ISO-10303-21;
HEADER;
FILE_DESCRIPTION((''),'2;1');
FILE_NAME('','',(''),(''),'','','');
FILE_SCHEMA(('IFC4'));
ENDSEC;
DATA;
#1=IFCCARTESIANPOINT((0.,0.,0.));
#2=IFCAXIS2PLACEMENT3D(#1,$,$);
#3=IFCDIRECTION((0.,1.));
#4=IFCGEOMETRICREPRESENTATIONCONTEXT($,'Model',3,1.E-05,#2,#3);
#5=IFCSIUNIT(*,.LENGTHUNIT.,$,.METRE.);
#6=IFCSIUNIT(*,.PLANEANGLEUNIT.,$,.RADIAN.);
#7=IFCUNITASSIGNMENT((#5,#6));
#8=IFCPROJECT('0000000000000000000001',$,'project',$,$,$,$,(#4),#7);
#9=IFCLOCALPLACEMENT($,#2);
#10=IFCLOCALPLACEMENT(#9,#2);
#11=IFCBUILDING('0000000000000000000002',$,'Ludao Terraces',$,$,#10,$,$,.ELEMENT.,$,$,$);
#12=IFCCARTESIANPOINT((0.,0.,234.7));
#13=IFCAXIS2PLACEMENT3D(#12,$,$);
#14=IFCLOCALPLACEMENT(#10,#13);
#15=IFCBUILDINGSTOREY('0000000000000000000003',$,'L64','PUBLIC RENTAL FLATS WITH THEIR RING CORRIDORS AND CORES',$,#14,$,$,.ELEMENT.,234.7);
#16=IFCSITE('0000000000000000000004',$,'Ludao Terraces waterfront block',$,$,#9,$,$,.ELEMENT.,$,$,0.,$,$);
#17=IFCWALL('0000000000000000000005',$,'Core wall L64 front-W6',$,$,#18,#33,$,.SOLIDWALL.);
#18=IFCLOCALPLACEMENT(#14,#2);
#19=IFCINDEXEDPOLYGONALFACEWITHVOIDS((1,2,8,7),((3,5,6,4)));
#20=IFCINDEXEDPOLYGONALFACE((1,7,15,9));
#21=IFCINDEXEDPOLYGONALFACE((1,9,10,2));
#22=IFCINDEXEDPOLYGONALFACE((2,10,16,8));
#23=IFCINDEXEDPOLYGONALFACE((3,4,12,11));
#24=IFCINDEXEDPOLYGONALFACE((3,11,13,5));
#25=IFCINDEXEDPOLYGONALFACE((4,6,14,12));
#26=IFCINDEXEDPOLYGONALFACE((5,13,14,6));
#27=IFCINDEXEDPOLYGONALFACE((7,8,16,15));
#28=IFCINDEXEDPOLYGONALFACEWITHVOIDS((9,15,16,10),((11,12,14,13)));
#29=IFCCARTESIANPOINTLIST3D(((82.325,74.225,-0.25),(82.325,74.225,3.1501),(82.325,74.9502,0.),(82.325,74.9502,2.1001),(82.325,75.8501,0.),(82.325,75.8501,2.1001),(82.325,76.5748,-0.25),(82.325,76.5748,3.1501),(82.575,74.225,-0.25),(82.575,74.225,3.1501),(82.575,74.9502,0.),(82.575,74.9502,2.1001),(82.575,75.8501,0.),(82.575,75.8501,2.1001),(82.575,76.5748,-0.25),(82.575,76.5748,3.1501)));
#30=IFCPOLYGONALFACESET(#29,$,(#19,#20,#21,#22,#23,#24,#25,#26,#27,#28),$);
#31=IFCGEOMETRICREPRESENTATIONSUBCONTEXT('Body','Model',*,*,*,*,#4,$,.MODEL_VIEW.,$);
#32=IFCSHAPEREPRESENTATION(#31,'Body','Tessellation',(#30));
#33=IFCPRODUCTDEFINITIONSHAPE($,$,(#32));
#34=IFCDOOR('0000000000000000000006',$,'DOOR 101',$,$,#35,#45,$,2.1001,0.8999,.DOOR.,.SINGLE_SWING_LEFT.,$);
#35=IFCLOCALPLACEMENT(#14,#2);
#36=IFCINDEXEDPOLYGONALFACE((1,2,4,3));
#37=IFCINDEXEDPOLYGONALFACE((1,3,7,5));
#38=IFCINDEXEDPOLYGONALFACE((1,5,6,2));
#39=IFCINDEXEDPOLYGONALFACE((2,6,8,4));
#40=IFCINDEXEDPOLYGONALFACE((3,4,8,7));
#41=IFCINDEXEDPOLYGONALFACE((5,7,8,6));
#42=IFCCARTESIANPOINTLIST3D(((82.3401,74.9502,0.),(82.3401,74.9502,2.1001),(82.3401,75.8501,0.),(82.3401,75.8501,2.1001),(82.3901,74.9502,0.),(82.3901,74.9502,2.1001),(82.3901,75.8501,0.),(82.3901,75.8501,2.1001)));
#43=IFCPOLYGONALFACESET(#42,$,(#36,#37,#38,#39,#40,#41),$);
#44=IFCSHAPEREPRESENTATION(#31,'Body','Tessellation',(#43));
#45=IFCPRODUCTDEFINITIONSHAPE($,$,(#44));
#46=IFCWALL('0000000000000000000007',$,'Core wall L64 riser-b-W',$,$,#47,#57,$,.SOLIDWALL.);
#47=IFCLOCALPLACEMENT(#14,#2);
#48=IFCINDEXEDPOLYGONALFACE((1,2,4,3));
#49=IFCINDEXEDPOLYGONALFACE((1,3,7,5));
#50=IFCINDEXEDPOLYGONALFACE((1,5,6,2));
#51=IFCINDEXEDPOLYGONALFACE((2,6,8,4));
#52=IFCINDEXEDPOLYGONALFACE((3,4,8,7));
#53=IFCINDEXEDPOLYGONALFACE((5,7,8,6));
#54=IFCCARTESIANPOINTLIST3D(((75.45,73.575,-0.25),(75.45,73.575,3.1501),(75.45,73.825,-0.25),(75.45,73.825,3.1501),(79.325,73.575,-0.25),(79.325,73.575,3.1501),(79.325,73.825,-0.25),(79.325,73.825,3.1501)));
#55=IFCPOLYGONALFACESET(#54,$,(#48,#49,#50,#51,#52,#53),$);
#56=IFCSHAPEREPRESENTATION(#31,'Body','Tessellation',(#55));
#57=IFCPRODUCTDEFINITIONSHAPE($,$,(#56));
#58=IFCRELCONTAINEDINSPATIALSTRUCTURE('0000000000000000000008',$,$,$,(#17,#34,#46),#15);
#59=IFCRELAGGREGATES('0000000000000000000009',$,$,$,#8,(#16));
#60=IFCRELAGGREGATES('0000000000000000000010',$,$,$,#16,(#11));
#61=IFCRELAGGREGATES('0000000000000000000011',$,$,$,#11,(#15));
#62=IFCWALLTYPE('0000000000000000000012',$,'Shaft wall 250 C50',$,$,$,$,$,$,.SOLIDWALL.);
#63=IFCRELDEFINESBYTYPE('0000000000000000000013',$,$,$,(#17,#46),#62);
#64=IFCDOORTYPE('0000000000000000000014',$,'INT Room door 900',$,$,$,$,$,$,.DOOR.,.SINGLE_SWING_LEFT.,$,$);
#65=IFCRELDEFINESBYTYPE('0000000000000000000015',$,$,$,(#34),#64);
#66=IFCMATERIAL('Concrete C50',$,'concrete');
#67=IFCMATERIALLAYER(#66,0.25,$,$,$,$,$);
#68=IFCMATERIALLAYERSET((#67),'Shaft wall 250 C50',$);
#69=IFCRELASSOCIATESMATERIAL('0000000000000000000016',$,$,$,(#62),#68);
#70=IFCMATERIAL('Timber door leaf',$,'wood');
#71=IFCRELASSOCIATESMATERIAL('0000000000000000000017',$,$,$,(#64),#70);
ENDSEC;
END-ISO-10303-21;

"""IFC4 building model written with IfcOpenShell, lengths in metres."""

from ifc_helpers import new_model, si_unit, direction, frame, frame_2d, origin, place, context, subcontext, project, spatial, rectangle, extrude, material, layer, layer_set, type_object, element, fill, save


model = new_model("IFC4")

# Units and contexts
model_context = context("Model", 3, precision=1e-05, world=origin(), true_north=direction((0.0, 1.0)))
body_context = subcontext(model_context, "Body", "Model", "MODEL_VIEW")
ifc_project = project(units=[si_unit("LENGTHUNIT", "METRE"), si_unit("PLANEANGLEUNIT", "RADIAN")], contexts=[model_context])

# Site, building, storey
site_placement = place(None, origin())
site = spatial("IfcSite", under=ifc_project, at=site_placement, Name="Ludao Terraces waterfront block", CompositionType="ELEMENT", RefElevation=0.0)
building_placement = place(site_placement, origin())
building = spatial("IfcBuilding", under=site, at=building_placement, Name="Ludao Terraces", CompositionType="ELEMENT")
storey_placement = place(building_placement, frame((0.0, 0.0, 234.7)))
storey = spatial("IfcBuildingStorey", under=building, at=storey_placement, Name="L64", Description="PUBLIC RENTAL FLATS WITH THEIR RING CORRIDORS AND CORES", CompositionType="ELEMENT", Elevation=234.7)

# Shared definitions
ifc_material_1 = material(Name="Concrete C50", Category="concrete")
ifc_layer_1 = layer(ifc_material_1, 0.25)
ifc_layer_set_1 = layer_set([ifc_layer_1], Name="Shaft wall 250 C50")
wall_type_1 = type_object("IfcWallType", Name="Shaft wall 250 C50", PredefinedType="SOLIDWALL", material=ifc_layer_set_1)

# Shared definitions
ifc_material_2 = material(Name="Timber door leaf", Category="wood")
door_type = type_object("IfcDoorType", Name="INT Room door 900", OperationType="SINGLE_SWING_LEFT", PredefinedType="DOOR", material=ifc_material_2)

# Wall, opening, door
wall_1_placement = place(storey_placement, frame((82.45, 74.2251, -0.25), z_axis=(0.0, 0.0, 1.0), x_axis=(0.0, 1.0, 0.0)))
wall_1 = element("IfcWall", 1, at=wall_1_placement, inside=storey, type_object=wall_type_1, Name="Core wall L64 front-W6", PredefinedType="SOLIDWALL", context=body_context, shape_type="SweptSolid", body=[
    extrude(rectangle(XDim=2.3499, YDim=0.25, at=frame_2d((1.1748, 0.0))), origin(), (0.0, 0.0, 1.0), 3.4001),
])
opening_1_placement = place(wall_1_placement, frame((0.7251, 0.0, 0.25)))
opening_1 = element("IfcOpeningElement", 2, at=opening_1_placement, cuts=wall_1, PredefinedType="OPENING", context=body_context, shape_type="SweptSolid", body=[
    extrude(rectangle(XDim=0.8999, YDim=2.1001, at=frame_2d((0.45, 1.05))), frame((0.0, 0.135, 0.0), z_axis=(0.0, -1.0, 0.0), x_axis=(1.0, 0.0, 0.0)), (0.0, 0.0, 1.0), 0.27),
])
door_1_placement = place(opening_1_placement, origin())
door_1 = element("IfcDoor", 3, at=door_1_placement, inside=storey, type_object=door_type, Name="DOOR 101", OperationType="SINGLE_SWING_LEFT", OverallHeight=2.1001, OverallWidth=0.8999, PredefinedType="DOOR", context=body_context, shape_type="SweptSolid", body=[
    extrude(rectangle(XDim=0.8999, YDim=2.1001, at=frame_2d((0.45, 1.05))), frame((0.0, 0.1099, 0.0), z_axis=(0.0, -1.0, 0.0), x_axis=(1.0, 0.0, 0.0)), (0.0, 0.0, 1.0), 0.05),
])
fill(opening_1, door_1)

# Wall
wall_2_placement = place(storey_placement, frame((75.45, 73.7, -0.25), z_axis=(0.0, 0.0, 1.0), x_axis=(1.0, 0.0, 0.0)))
element("IfcWall", 4, at=wall_2_placement, inside=storey, type_object=wall_type_1, Name="Core wall L64 riser-b-W", PredefinedType="SOLIDWALL", context=body_context, shape_type="SweptSolid", body=[
    extrude(rectangle(XDim=3.875, YDim=0.25, at=frame_2d((1.9375, 0.0))), origin(), (0.0, 0.0, 1.0), 3.4001),
])

save(model, "model.ifc")
